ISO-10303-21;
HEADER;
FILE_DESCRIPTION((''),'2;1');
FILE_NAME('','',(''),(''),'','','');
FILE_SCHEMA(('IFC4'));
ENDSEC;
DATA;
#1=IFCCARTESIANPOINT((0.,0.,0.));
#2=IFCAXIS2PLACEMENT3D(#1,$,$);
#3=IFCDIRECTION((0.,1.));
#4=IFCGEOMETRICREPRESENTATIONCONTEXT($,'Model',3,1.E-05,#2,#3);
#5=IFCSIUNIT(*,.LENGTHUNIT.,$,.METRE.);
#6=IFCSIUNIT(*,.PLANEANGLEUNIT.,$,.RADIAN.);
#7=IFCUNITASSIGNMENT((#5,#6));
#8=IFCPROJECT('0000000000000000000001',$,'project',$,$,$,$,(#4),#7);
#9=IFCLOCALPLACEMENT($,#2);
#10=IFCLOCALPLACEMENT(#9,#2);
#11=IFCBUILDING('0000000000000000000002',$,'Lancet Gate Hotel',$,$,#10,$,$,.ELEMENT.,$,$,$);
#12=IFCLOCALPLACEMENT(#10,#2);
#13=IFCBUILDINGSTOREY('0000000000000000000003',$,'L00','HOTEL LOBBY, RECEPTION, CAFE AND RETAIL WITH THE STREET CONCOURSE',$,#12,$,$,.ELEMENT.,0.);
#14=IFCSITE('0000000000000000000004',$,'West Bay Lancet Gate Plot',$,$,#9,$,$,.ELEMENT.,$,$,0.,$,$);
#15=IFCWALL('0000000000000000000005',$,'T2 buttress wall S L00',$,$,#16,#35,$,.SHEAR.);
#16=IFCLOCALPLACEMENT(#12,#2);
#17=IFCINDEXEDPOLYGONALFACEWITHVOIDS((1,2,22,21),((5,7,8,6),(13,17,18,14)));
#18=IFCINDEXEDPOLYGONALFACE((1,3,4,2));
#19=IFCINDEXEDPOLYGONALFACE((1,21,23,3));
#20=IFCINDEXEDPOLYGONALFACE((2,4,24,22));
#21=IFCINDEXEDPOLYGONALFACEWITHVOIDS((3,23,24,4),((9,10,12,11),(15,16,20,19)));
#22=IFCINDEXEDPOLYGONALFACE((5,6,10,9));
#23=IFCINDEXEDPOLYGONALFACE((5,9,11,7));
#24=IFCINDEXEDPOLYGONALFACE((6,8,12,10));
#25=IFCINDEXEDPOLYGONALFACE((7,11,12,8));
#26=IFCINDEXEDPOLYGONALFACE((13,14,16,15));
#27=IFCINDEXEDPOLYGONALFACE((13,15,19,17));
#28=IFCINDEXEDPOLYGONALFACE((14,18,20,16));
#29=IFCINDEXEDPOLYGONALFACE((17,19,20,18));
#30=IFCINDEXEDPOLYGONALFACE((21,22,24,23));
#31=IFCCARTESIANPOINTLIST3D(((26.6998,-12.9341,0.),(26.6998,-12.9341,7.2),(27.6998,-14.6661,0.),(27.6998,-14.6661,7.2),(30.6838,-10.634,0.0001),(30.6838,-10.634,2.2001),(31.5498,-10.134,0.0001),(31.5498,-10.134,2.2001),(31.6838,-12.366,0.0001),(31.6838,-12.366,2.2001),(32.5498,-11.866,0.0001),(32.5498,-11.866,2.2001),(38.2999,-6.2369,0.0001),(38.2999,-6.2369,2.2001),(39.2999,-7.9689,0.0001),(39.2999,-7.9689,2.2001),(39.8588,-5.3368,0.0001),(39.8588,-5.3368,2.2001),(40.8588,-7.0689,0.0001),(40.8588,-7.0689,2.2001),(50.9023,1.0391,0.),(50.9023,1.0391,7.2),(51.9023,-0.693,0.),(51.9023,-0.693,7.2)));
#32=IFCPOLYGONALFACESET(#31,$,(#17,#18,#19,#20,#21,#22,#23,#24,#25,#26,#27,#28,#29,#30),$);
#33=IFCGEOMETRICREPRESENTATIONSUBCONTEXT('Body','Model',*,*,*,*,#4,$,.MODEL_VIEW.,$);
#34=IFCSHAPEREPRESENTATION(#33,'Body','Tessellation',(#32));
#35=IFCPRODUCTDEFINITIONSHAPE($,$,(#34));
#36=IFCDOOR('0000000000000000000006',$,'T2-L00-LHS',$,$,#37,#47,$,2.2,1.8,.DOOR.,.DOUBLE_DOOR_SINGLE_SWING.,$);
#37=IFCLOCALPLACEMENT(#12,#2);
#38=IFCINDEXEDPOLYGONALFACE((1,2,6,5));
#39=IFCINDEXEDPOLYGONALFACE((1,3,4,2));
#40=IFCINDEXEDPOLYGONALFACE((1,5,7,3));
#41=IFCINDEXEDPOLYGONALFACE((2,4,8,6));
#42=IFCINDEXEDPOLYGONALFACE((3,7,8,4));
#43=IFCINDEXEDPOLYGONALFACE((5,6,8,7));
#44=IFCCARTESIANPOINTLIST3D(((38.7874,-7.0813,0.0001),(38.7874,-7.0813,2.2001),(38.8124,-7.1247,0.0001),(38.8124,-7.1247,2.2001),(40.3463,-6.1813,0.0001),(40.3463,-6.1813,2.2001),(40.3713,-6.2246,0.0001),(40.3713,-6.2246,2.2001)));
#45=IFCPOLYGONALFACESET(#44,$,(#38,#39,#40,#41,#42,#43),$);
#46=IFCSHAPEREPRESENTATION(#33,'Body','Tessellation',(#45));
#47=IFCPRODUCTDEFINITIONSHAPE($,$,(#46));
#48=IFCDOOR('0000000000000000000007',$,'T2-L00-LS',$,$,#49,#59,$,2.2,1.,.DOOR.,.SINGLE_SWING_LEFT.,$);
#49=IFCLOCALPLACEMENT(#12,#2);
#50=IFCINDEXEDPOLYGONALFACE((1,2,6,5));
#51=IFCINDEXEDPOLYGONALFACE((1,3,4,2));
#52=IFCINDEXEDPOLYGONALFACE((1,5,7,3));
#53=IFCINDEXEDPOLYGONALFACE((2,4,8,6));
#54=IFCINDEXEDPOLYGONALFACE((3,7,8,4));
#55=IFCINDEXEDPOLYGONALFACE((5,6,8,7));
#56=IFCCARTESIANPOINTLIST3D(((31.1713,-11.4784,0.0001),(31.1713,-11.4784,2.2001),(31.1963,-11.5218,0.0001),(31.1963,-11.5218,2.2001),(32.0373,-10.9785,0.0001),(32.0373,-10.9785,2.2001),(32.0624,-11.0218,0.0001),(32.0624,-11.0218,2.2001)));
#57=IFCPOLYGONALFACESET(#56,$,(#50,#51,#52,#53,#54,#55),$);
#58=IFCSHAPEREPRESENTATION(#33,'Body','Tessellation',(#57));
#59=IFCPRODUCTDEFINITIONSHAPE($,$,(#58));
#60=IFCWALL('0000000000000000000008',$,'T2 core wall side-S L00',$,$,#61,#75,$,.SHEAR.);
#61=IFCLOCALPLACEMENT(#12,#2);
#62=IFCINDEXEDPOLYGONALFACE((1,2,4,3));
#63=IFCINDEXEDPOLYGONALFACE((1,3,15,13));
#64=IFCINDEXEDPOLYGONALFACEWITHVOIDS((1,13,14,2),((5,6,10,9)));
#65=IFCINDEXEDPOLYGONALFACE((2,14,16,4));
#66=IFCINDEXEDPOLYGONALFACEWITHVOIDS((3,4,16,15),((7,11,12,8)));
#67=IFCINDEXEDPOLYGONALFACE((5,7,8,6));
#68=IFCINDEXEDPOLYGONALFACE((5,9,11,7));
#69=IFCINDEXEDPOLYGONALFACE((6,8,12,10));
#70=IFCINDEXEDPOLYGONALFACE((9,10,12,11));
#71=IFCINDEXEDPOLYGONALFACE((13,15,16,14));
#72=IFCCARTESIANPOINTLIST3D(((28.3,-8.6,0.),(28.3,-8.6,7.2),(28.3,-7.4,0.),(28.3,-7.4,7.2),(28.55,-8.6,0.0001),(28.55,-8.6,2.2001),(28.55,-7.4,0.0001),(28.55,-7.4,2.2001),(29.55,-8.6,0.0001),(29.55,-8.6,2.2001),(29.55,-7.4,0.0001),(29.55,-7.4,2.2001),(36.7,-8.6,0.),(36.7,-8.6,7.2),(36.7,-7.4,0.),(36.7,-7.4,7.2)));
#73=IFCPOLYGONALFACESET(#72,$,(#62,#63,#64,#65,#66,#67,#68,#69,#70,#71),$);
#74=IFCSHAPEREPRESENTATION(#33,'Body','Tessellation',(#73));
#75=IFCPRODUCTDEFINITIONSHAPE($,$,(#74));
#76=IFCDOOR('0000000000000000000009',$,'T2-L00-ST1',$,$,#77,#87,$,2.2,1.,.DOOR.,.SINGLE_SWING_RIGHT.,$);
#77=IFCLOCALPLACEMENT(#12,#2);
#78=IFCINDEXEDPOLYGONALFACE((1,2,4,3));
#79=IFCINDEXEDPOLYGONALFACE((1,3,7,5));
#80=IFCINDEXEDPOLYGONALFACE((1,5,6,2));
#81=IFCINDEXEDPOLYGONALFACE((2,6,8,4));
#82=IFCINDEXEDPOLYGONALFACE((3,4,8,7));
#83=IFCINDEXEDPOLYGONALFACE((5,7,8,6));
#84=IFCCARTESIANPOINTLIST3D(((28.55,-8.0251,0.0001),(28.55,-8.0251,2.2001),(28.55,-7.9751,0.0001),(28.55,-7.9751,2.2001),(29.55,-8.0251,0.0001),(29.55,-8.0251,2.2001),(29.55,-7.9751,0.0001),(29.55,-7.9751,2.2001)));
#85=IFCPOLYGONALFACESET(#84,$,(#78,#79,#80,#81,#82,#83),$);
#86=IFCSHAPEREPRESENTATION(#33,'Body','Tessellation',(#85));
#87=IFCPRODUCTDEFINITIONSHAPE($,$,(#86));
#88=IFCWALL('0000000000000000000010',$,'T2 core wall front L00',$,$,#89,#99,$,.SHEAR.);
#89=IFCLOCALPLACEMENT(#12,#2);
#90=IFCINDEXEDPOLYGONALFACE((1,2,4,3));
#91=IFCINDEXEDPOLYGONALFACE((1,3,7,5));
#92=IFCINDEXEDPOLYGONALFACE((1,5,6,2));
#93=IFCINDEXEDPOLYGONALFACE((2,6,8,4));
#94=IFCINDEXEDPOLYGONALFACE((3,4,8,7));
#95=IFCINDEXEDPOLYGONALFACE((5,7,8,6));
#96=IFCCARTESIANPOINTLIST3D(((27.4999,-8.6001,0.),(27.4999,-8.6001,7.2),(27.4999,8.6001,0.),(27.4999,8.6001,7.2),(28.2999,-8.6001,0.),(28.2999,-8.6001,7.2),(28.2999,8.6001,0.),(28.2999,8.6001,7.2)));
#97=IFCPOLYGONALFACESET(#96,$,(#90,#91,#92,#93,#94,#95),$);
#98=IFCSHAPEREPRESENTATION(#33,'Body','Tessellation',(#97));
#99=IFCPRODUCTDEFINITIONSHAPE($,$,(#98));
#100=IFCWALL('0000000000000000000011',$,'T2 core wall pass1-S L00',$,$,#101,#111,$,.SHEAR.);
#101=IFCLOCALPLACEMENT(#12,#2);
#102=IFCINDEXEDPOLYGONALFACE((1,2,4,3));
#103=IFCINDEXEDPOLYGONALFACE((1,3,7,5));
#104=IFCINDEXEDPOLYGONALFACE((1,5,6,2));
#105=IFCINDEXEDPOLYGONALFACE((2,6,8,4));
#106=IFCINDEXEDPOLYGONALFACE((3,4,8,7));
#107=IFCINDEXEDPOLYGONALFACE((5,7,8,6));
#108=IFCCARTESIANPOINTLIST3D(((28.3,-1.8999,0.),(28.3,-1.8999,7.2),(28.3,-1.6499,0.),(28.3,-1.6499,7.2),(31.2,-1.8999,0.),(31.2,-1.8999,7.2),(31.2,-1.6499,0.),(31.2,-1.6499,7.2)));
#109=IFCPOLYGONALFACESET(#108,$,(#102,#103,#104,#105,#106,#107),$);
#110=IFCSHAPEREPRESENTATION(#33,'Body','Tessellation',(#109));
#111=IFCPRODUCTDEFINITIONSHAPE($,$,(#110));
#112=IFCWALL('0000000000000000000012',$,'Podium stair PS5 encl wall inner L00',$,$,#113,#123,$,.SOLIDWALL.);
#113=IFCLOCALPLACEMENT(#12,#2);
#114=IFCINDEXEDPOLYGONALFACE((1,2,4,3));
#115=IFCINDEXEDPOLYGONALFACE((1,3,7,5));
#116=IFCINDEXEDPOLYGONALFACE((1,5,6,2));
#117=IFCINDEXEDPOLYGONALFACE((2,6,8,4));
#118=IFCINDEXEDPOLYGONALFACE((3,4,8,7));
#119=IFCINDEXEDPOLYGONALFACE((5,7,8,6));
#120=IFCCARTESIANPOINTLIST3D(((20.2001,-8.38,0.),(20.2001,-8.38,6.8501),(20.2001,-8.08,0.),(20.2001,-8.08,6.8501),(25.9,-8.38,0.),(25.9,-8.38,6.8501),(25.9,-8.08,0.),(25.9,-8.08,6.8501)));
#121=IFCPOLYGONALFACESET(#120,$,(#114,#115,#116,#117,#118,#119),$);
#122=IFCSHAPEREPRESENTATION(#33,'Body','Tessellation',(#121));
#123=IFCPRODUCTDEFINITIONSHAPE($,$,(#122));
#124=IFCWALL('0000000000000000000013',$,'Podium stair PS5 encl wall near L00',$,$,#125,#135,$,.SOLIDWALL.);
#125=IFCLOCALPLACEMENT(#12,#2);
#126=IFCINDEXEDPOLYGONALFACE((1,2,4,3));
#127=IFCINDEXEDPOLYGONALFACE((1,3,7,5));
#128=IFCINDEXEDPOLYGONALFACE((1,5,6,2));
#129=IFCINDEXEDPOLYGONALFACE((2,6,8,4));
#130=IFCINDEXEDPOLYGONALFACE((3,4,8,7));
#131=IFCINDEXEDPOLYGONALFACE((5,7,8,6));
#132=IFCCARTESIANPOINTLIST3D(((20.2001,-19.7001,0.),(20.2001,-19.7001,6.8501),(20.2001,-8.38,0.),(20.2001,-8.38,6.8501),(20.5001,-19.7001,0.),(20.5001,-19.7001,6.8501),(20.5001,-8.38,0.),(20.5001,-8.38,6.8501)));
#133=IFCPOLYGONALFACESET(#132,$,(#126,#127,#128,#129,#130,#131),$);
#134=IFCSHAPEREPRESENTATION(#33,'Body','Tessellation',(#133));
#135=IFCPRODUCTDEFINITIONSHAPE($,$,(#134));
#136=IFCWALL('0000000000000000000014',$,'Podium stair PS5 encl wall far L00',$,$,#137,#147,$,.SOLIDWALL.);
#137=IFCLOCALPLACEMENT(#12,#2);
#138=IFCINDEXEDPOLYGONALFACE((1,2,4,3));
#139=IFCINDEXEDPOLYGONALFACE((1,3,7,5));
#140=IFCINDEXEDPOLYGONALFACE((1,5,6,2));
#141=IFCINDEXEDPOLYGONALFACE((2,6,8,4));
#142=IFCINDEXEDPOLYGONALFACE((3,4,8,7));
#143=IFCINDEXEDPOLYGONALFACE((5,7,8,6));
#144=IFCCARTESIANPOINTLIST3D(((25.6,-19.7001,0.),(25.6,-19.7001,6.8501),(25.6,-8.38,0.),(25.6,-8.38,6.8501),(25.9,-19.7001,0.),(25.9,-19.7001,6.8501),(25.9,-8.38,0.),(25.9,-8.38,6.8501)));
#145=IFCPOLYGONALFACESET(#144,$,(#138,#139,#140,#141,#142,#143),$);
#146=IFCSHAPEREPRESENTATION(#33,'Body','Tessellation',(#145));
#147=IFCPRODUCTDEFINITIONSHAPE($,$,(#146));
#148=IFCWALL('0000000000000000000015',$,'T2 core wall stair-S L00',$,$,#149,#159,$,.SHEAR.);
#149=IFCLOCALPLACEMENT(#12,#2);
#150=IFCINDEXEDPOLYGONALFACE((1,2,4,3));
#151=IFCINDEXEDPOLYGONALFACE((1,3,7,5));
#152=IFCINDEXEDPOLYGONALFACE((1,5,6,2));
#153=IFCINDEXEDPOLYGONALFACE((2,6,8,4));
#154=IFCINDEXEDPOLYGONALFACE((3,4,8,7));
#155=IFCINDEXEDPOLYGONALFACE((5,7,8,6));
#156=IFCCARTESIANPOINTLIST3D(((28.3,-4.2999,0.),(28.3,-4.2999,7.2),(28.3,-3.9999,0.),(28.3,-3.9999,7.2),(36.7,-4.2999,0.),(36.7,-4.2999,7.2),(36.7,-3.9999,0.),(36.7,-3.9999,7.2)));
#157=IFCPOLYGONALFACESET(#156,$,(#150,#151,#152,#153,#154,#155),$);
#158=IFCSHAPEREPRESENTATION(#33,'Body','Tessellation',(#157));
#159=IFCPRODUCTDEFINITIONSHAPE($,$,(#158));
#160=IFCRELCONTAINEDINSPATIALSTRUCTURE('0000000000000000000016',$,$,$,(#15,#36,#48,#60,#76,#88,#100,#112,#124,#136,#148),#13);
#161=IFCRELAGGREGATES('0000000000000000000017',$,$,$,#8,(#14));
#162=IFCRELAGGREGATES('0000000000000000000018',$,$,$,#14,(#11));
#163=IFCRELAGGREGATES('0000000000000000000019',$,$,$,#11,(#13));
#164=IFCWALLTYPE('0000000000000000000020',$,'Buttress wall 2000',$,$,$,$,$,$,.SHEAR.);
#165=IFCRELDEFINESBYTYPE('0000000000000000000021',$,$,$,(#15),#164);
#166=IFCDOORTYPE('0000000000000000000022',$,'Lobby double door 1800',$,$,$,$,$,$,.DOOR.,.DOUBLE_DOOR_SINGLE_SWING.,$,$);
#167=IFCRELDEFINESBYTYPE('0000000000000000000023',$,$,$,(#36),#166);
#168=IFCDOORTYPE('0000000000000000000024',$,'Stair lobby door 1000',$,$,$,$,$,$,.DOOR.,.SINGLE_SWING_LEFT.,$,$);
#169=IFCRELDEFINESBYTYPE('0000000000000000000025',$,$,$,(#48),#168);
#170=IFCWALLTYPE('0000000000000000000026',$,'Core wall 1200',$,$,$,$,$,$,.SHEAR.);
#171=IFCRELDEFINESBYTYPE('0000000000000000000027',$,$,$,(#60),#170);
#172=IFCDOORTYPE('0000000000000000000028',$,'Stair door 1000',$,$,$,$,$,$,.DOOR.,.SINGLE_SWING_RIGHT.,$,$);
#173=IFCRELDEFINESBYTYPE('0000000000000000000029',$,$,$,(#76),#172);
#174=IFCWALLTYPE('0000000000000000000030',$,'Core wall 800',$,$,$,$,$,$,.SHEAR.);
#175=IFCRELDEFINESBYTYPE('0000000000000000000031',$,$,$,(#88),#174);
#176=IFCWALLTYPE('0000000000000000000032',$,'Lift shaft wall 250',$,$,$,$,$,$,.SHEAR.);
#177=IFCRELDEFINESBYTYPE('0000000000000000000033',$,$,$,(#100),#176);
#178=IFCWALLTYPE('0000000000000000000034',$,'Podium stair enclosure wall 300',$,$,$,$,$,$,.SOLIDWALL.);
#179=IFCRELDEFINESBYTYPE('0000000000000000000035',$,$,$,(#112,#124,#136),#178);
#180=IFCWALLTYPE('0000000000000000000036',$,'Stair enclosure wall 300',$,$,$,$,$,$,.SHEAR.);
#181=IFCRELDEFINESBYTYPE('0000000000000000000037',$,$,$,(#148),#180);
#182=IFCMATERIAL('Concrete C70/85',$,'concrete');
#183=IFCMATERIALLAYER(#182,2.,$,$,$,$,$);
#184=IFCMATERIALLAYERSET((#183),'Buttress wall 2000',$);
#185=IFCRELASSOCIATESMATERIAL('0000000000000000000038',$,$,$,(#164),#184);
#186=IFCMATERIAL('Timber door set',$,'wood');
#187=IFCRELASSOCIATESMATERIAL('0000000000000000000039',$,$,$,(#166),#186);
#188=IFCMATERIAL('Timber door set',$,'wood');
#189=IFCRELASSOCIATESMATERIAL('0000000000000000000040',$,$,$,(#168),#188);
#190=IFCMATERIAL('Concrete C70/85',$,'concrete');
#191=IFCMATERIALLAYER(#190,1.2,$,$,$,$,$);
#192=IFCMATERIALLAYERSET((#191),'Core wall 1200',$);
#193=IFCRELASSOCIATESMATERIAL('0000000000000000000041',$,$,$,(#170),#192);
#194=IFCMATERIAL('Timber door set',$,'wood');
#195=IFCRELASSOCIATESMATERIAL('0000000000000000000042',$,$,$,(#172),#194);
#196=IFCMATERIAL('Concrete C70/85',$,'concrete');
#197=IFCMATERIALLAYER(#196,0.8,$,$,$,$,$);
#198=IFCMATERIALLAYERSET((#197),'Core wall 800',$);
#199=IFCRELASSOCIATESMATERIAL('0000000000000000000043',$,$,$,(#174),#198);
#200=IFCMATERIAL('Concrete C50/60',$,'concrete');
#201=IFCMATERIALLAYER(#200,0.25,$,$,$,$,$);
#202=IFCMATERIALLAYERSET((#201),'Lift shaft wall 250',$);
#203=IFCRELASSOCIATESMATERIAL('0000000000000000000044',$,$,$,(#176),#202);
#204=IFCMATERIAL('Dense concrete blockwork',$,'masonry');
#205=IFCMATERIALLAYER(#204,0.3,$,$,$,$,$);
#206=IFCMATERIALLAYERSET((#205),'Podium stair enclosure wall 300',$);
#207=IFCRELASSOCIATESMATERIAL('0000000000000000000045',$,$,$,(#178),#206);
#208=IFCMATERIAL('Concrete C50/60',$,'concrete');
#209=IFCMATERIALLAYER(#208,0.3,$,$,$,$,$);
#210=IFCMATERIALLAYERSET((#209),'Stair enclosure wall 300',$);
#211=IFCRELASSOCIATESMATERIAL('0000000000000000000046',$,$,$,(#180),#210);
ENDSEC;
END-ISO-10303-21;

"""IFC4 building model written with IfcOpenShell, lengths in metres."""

from ifc_helpers import new_model, si_unit, direction, frame, frame_2d, origin, place, context, subcontext, project, spatial, rectangle, extrude, material, layer, layer_set, type_object, element, fill, save


model = new_model("IFC4")

# Units and contexts
model_context = context("Model", 3, precision=1e-05, world=origin(), true_north=direction((0.0, 1.0)))
body_context = subcontext(model_context, "Body", "Model", "MODEL_VIEW")
ifc_project = project(units=[si_unit("LENGTHUNIT", "METRE"), si_unit("PLANEANGLEUNIT", "RADIAN")], contexts=[model_context])

# Site, building, storey
site_placement = place(None, origin())
site = spatial("IfcSite", under=ifc_project, at=site_placement, Name="West Bay Lancet Gate Plot", CompositionType="ELEMENT", RefElevation=0.0)
building_placement = place(site_placement, origin())
building = spatial("IfcBuilding", under=site, at=building_placement, Name="Lancet Gate Hotel", CompositionType="ELEMENT")
storey_placement = place(building_placement, origin())
storey = spatial("IfcBuildingStorey", under=building, at=storey_placement, Name="L00", Description="HOTEL LOBBY, RECEPTION, CAFE AND RETAIL WITH THE STREET CONCOURSE", CompositionType="ELEMENT", Elevation=0.0)

# Wall, openings, doors
ifc_material_1 = material(Name="Concrete C70/85", Category="concrete")
ifc_layer_1 = layer(ifc_material_1, 2.0)
ifc_layer_set_1 = layer_set([ifc_layer_1], Name="Buttress wall 2000")
wall_type_1 = type_object("IfcWallType", Name="Buttress wall 2000", PredefinedType="SHEAR", material=ifc_layer_set_1)
wall_1_placement = place(storey_placement, frame((27.2, -13.8, 0.0), z_axis=(0.0, 0.0, 1.0), x_axis=(0.866027, 0.499997, 0.0)))
wall_1 = element("IfcWall", 1, at=wall_1_placement, inside=storey, type_object=wall_type_1, Name="T2 buttress wall S L00", PredefinedType="SHEAR", context=body_context, shape_type="SweptSolid", body=[
    extrude(rectangle(XDim=27.9465, YDim=2.0, at=frame_2d((13.9731, 0.0))), origin(), (0.0, 0.0, 1.0), 7.2),
])
opening_1_placement = place(wall_1_placement, frame((4.6001, 0.0, 0.0)))
opening_1 = element("IfcOpeningElement", 2, at=opening_1_placement, cuts=wall_1, PredefinedType="OPENING", context=body_context, shape_type="SweptSolid", body=[
    extrude(rectangle(XDim=1.0, YDim=2.2, at=frame_2d((0.5, 1.1001))), frame((0.0, 1.01, 0.0), z_axis=(0.0, -1.0, 0.0), x_axis=(1.0, 0.0, 0.0)), (0.0, 0.0, 1.0), 2.02),
])
opening_2_placement = place(wall_1_placement, frame((13.3945, 0.0, 0.0)))
opening_2 = element("IfcOpeningElement", 3, at=opening_2_placement, cuts=wall_1, PredefinedType="OPENING", context=body_context, shape_type="SweptSolid", body=[
    extrude(rectangle(XDim=1.8, YDim=2.2, at=frame_2d((0.8999, 1.1001))), frame((0.0, 1.01, 0.0), z_axis=(0.0, -1.0, 0.0), x_axis=(1.0, 0.0, 0.0)), (0.0, 0.0, 1.0), 2.02),
])
ifc_material_2 = material(Name="Timber door set", Category="wood")
door_type_1 = type_object("IfcDoorType", Name="Lobby double door 1800", OperationType="DOUBLE_DOOR_SINGLE_SWING", PredefinedType="DOOR", material=ifc_material_2)
door_1_placement = place(opening_2_placement, origin())
door_1 = element("IfcDoor", 4, at=door_1_placement, inside=storey, type_object=door_type_1, Name="T2-L00-LHS", OperationType="DOUBLE_DOOR_SINGLE_SWING", OverallHeight=2.2, OverallWidth=1.8, PredefinedType="DOOR", context=body_context, shape_type="SweptSolid", body=[
    extrude(rectangle(XDim=1.8, YDim=2.2, at=frame_2d((0.8999, 1.1001))), frame((0.0, 0.0249, 0.0), z_axis=(0.0, -1.0, 0.0), x_axis=(1.0, 0.0, 0.0)), (0.0, 0.0, 1.0), 0.05),
])
fill(opening_2, door_1)
ifc_material_3 = material(Name="Timber door set", Category="wood")
door_type_2 = type_object("IfcDoorType", Name="Stair lobby door 1000", OperationType="SINGLE_SWING_LEFT", PredefinedType="DOOR", material=ifc_material_3)
door_2_placement = place(opening_1_placement, origin())
door_2 = element("IfcDoor", 5, at=door_2_placement, inside=storey, type_object=door_type_2, Name="T2-L00-LS", OperationType="SINGLE_SWING_LEFT", OverallHeight=2.2, OverallWidth=1.0, PredefinedType="DOOR", context=body_context, shape_type="SweptSolid", body=[
    extrude(rectangle(XDim=1.0, YDim=2.2, at=frame_2d((0.5, 1.1001))), frame((0.0, 0.0249, 0.0), z_axis=(0.0, -1.0, 0.0), x_axis=(1.0, 0.0, 0.0)), (0.0, 0.0, 1.0), 0.05),
])
fill(opening_1, door_2)

# Wall, opening, door
ifc_material_4 = material(Name="Concrete C70/85", Category="concrete")
ifc_layer_2 = layer(ifc_material_4, 1.2)
ifc_layer_set_2 = layer_set([ifc_layer_2], Name="Core wall 1200")
wall_type_2 = type_object("IfcWallType", Name="Core wall 1200", PredefinedType="SHEAR", material=ifc_layer_set_2)
wall_2_placement = place(storey_placement, frame((28.3, -8.0, 0.0), z_axis=(0.0, 0.0, 1.0), x_axis=(1.0, 0.0, 0.0)))
wall_2 = element("IfcWall", 6, at=wall_2_placement, inside=storey, type_object=wall_type_2, Name="T2 core wall side-S L00", PredefinedType="SHEAR", context=body_context, shape_type="SweptSolid", body=[
    extrude(rectangle(XDim=8.3999, YDim=1.2, at=frame_2d((4.2, 0.0))), origin(), (0.0, 0.0, 1.0), 7.2),
])
opening_3_placement = place(wall_2_placement, frame((0.25, 0.0, 0.0)))
opening_3 = element("IfcOpeningElement", 7, at=opening_3_placement, cuts=wall_2, PredefinedType="OPENING", context=body_context, shape_type="SweptSolid", body=[
    extrude(rectangle(XDim=1.0, YDim=2.2, at=frame_2d((0.5, 1.1001))), frame((0.0, 0.6099, 0.0), z_axis=(0.0, -1.0, 0.0), x_axis=(1.0, 0.0, 0.0)), (0.0, 0.0, 1.0), 1.22),
])
ifc_material_5 = material(Name="Timber door set", Category="wood")
door_type_3 = type_object("IfcDoorType", Name="Stair door 1000", OperationType="SINGLE_SWING_RIGHT", PredefinedType="DOOR", material=ifc_material_5)
door_3_placement = place(opening_3_placement, origin())
door_3 = element("IfcDoor", 8, at=door_3_placement, inside=storey, type_object=door_type_3, Name="T2-L00-ST1", OperationType="SINGLE_SWING_RIGHT", OverallHeight=2.2, OverallWidth=1.0, PredefinedType="DOOR", context=body_context, shape_type="SweptSolid", body=[
    extrude(rectangle(XDim=1.0, YDim=2.2, at=frame_2d((0.5, 1.1001))), frame((0.0, 0.0249, 0.0), z_axis=(0.0, -1.0, 0.0), x_axis=(1.0, 0.0, 0.0)), (0.0, 0.0, 1.0), 0.05),
])
fill(opening_3, door_3)

# Walls
ifc_material_6 = material(Name="Concrete C70/85", Category="concrete")
ifc_layer_3 = layer(ifc_material_6, 0.8)
ifc_layer_set_3 = layer_set([ifc_layer_3], Name="Core wall 800")
wall_type_3 = type_object("IfcWallType", Name="Core wall 800", PredefinedType="SHEAR", material=ifc_layer_set_3)
wall_3_placement = place(storey_placement, frame((27.8999, -8.6001, 0.0), z_axis=(0.0, 0.0, 1.0), x_axis=(0.0, 1.0, 0.0)))
element("IfcWall", 9, at=wall_3_placement, inside=storey, type_object=wall_type_3, Name="T2 core wall front L00", PredefinedType="SHEAR", context=body_context, shape_type="SweptSolid", body=[
    extrude(rectangle(XDim=17.2002, YDim=0.8, at=frame_2d((8.6001, 0.0))), origin(), (0.0, 0.0, 1.0), 7.2),
])
ifc_material_7 = material(Name="Concrete C50/60", Category="concrete")
ifc_layer_4 = layer(ifc_material_7, 0.25)
ifc_layer_set_4 = layer_set([ifc_layer_4], Name="Lift shaft wall 250")
wall_type_4 = type_object("IfcWallType", Name="Lift shaft wall 250", PredefinedType="SHEAR", material=ifc_layer_set_4)
wall_4_placement = place(storey_placement, frame((28.3, -1.7749, 0.0), z_axis=(0.0, 0.0, 1.0), x_axis=(1.0, 0.0, 0.0)))
element("IfcWall", 10, at=wall_4_placement, inside=storey, type_object=wall_type_4, Name="T2 core wall pass1-S L00", PredefinedType="SHEAR", context=body_context, shape_type="SweptSolid", body=[
    extrude(rectangle(XDim=2.8999, YDim=0.25, at=frame_2d((1.45, 0.0))), origin(), (0.0, 0.0, 1.0), 7.2),
])
ifc_material_8 = material(Name="Dense concrete blockwork", Category="masonry")
ifc_layer_5 = layer(ifc_material_8, 0.3)
ifc_layer_set_5 = layer_set([ifc_layer_5], Name="Podium stair enclosure wall 300")
wall_type_5 = type_object("IfcWallType", Name="Podium stair enclosure wall 300", PredefinedType="SOLIDWALL", material=ifc_layer_set_5)
wall_5_placement = place(storey_placement, frame((20.2, -8.23, 0.0), z_axis=(0.0, 0.0, 1.0), x_axis=(1.0, 0.0, 0.0)))
element("IfcWall", 11, at=wall_5_placement, inside=storey, type_object=wall_type_5, Name="Podium stair PS5 encl wall inner L00", PredefinedType="SOLIDWALL", context=body_context, shape_type="SweptSolid", body=[
    extrude(rectangle(XDim=5.7, YDim=0.3, at=frame_2d((2.8501, 0.0))), origin(), (0.0, 0.0, 1.0), 6.8501),
])
for number, where, z_axis, x_axis, name in (
    (12, (20.3501, -8.3799, 0.0), (0.0, 0.0, 1.0), (0.0, -1.0, 0.0), "Podium stair PS5 encl wall near L00"),
    (13, (25.75, -8.3799, 0.0), (0.0, 0.0, 1.0), (0.0, -1.0, 0.0), "Podium stair PS5 encl wall far L00"),
):
    element("IfcWall", number, at=place(storey_placement, frame(where, z_axis=z_axis, x_axis=x_axis)), inside=storey, type_object=wall_type_5, Name=name, PredefinedType="SOLIDWALL", context=body_context, shape_type="SweptSolid", body=[
        extrude(rectangle(XDim=11.3201, YDim=0.3, at=frame_2d((5.6602, 0.0))), origin(), (0.0, 0.0, 1.0), 6.8501),
    ])
ifc_material_9 = material(Name="Concrete C50/60", Category="concrete")
ifc_layer_6 = layer(ifc_material_9, 0.3)
ifc_layer_set_6 = layer_set([ifc_layer_6], Name="Stair enclosure wall 300")
wall_type_6 = type_object("IfcWallType", Name="Stair enclosure wall 300", PredefinedType="SHEAR", material=ifc_layer_set_6)
wall_6_placement = place(storey_placement, frame((28.3, -4.1499, 0.0), z_axis=(0.0, 0.0, 1.0), x_axis=(1.0, 0.0, 0.0)))
element("IfcWall", 14, at=wall_6_placement, inside=storey, type_object=wall_type_6, Name="T2 core wall stair-S L00", PredefinedType="SHEAR", context=body_context, shape_type="SweptSolid", body=[
    extrude(rectangle(XDim=8.3999, YDim=0.3, at=frame_2d((4.2, 0.0))), origin(), (0.0, 0.0, 1.0), 7.2),
])

save(model, "model.ifc")
